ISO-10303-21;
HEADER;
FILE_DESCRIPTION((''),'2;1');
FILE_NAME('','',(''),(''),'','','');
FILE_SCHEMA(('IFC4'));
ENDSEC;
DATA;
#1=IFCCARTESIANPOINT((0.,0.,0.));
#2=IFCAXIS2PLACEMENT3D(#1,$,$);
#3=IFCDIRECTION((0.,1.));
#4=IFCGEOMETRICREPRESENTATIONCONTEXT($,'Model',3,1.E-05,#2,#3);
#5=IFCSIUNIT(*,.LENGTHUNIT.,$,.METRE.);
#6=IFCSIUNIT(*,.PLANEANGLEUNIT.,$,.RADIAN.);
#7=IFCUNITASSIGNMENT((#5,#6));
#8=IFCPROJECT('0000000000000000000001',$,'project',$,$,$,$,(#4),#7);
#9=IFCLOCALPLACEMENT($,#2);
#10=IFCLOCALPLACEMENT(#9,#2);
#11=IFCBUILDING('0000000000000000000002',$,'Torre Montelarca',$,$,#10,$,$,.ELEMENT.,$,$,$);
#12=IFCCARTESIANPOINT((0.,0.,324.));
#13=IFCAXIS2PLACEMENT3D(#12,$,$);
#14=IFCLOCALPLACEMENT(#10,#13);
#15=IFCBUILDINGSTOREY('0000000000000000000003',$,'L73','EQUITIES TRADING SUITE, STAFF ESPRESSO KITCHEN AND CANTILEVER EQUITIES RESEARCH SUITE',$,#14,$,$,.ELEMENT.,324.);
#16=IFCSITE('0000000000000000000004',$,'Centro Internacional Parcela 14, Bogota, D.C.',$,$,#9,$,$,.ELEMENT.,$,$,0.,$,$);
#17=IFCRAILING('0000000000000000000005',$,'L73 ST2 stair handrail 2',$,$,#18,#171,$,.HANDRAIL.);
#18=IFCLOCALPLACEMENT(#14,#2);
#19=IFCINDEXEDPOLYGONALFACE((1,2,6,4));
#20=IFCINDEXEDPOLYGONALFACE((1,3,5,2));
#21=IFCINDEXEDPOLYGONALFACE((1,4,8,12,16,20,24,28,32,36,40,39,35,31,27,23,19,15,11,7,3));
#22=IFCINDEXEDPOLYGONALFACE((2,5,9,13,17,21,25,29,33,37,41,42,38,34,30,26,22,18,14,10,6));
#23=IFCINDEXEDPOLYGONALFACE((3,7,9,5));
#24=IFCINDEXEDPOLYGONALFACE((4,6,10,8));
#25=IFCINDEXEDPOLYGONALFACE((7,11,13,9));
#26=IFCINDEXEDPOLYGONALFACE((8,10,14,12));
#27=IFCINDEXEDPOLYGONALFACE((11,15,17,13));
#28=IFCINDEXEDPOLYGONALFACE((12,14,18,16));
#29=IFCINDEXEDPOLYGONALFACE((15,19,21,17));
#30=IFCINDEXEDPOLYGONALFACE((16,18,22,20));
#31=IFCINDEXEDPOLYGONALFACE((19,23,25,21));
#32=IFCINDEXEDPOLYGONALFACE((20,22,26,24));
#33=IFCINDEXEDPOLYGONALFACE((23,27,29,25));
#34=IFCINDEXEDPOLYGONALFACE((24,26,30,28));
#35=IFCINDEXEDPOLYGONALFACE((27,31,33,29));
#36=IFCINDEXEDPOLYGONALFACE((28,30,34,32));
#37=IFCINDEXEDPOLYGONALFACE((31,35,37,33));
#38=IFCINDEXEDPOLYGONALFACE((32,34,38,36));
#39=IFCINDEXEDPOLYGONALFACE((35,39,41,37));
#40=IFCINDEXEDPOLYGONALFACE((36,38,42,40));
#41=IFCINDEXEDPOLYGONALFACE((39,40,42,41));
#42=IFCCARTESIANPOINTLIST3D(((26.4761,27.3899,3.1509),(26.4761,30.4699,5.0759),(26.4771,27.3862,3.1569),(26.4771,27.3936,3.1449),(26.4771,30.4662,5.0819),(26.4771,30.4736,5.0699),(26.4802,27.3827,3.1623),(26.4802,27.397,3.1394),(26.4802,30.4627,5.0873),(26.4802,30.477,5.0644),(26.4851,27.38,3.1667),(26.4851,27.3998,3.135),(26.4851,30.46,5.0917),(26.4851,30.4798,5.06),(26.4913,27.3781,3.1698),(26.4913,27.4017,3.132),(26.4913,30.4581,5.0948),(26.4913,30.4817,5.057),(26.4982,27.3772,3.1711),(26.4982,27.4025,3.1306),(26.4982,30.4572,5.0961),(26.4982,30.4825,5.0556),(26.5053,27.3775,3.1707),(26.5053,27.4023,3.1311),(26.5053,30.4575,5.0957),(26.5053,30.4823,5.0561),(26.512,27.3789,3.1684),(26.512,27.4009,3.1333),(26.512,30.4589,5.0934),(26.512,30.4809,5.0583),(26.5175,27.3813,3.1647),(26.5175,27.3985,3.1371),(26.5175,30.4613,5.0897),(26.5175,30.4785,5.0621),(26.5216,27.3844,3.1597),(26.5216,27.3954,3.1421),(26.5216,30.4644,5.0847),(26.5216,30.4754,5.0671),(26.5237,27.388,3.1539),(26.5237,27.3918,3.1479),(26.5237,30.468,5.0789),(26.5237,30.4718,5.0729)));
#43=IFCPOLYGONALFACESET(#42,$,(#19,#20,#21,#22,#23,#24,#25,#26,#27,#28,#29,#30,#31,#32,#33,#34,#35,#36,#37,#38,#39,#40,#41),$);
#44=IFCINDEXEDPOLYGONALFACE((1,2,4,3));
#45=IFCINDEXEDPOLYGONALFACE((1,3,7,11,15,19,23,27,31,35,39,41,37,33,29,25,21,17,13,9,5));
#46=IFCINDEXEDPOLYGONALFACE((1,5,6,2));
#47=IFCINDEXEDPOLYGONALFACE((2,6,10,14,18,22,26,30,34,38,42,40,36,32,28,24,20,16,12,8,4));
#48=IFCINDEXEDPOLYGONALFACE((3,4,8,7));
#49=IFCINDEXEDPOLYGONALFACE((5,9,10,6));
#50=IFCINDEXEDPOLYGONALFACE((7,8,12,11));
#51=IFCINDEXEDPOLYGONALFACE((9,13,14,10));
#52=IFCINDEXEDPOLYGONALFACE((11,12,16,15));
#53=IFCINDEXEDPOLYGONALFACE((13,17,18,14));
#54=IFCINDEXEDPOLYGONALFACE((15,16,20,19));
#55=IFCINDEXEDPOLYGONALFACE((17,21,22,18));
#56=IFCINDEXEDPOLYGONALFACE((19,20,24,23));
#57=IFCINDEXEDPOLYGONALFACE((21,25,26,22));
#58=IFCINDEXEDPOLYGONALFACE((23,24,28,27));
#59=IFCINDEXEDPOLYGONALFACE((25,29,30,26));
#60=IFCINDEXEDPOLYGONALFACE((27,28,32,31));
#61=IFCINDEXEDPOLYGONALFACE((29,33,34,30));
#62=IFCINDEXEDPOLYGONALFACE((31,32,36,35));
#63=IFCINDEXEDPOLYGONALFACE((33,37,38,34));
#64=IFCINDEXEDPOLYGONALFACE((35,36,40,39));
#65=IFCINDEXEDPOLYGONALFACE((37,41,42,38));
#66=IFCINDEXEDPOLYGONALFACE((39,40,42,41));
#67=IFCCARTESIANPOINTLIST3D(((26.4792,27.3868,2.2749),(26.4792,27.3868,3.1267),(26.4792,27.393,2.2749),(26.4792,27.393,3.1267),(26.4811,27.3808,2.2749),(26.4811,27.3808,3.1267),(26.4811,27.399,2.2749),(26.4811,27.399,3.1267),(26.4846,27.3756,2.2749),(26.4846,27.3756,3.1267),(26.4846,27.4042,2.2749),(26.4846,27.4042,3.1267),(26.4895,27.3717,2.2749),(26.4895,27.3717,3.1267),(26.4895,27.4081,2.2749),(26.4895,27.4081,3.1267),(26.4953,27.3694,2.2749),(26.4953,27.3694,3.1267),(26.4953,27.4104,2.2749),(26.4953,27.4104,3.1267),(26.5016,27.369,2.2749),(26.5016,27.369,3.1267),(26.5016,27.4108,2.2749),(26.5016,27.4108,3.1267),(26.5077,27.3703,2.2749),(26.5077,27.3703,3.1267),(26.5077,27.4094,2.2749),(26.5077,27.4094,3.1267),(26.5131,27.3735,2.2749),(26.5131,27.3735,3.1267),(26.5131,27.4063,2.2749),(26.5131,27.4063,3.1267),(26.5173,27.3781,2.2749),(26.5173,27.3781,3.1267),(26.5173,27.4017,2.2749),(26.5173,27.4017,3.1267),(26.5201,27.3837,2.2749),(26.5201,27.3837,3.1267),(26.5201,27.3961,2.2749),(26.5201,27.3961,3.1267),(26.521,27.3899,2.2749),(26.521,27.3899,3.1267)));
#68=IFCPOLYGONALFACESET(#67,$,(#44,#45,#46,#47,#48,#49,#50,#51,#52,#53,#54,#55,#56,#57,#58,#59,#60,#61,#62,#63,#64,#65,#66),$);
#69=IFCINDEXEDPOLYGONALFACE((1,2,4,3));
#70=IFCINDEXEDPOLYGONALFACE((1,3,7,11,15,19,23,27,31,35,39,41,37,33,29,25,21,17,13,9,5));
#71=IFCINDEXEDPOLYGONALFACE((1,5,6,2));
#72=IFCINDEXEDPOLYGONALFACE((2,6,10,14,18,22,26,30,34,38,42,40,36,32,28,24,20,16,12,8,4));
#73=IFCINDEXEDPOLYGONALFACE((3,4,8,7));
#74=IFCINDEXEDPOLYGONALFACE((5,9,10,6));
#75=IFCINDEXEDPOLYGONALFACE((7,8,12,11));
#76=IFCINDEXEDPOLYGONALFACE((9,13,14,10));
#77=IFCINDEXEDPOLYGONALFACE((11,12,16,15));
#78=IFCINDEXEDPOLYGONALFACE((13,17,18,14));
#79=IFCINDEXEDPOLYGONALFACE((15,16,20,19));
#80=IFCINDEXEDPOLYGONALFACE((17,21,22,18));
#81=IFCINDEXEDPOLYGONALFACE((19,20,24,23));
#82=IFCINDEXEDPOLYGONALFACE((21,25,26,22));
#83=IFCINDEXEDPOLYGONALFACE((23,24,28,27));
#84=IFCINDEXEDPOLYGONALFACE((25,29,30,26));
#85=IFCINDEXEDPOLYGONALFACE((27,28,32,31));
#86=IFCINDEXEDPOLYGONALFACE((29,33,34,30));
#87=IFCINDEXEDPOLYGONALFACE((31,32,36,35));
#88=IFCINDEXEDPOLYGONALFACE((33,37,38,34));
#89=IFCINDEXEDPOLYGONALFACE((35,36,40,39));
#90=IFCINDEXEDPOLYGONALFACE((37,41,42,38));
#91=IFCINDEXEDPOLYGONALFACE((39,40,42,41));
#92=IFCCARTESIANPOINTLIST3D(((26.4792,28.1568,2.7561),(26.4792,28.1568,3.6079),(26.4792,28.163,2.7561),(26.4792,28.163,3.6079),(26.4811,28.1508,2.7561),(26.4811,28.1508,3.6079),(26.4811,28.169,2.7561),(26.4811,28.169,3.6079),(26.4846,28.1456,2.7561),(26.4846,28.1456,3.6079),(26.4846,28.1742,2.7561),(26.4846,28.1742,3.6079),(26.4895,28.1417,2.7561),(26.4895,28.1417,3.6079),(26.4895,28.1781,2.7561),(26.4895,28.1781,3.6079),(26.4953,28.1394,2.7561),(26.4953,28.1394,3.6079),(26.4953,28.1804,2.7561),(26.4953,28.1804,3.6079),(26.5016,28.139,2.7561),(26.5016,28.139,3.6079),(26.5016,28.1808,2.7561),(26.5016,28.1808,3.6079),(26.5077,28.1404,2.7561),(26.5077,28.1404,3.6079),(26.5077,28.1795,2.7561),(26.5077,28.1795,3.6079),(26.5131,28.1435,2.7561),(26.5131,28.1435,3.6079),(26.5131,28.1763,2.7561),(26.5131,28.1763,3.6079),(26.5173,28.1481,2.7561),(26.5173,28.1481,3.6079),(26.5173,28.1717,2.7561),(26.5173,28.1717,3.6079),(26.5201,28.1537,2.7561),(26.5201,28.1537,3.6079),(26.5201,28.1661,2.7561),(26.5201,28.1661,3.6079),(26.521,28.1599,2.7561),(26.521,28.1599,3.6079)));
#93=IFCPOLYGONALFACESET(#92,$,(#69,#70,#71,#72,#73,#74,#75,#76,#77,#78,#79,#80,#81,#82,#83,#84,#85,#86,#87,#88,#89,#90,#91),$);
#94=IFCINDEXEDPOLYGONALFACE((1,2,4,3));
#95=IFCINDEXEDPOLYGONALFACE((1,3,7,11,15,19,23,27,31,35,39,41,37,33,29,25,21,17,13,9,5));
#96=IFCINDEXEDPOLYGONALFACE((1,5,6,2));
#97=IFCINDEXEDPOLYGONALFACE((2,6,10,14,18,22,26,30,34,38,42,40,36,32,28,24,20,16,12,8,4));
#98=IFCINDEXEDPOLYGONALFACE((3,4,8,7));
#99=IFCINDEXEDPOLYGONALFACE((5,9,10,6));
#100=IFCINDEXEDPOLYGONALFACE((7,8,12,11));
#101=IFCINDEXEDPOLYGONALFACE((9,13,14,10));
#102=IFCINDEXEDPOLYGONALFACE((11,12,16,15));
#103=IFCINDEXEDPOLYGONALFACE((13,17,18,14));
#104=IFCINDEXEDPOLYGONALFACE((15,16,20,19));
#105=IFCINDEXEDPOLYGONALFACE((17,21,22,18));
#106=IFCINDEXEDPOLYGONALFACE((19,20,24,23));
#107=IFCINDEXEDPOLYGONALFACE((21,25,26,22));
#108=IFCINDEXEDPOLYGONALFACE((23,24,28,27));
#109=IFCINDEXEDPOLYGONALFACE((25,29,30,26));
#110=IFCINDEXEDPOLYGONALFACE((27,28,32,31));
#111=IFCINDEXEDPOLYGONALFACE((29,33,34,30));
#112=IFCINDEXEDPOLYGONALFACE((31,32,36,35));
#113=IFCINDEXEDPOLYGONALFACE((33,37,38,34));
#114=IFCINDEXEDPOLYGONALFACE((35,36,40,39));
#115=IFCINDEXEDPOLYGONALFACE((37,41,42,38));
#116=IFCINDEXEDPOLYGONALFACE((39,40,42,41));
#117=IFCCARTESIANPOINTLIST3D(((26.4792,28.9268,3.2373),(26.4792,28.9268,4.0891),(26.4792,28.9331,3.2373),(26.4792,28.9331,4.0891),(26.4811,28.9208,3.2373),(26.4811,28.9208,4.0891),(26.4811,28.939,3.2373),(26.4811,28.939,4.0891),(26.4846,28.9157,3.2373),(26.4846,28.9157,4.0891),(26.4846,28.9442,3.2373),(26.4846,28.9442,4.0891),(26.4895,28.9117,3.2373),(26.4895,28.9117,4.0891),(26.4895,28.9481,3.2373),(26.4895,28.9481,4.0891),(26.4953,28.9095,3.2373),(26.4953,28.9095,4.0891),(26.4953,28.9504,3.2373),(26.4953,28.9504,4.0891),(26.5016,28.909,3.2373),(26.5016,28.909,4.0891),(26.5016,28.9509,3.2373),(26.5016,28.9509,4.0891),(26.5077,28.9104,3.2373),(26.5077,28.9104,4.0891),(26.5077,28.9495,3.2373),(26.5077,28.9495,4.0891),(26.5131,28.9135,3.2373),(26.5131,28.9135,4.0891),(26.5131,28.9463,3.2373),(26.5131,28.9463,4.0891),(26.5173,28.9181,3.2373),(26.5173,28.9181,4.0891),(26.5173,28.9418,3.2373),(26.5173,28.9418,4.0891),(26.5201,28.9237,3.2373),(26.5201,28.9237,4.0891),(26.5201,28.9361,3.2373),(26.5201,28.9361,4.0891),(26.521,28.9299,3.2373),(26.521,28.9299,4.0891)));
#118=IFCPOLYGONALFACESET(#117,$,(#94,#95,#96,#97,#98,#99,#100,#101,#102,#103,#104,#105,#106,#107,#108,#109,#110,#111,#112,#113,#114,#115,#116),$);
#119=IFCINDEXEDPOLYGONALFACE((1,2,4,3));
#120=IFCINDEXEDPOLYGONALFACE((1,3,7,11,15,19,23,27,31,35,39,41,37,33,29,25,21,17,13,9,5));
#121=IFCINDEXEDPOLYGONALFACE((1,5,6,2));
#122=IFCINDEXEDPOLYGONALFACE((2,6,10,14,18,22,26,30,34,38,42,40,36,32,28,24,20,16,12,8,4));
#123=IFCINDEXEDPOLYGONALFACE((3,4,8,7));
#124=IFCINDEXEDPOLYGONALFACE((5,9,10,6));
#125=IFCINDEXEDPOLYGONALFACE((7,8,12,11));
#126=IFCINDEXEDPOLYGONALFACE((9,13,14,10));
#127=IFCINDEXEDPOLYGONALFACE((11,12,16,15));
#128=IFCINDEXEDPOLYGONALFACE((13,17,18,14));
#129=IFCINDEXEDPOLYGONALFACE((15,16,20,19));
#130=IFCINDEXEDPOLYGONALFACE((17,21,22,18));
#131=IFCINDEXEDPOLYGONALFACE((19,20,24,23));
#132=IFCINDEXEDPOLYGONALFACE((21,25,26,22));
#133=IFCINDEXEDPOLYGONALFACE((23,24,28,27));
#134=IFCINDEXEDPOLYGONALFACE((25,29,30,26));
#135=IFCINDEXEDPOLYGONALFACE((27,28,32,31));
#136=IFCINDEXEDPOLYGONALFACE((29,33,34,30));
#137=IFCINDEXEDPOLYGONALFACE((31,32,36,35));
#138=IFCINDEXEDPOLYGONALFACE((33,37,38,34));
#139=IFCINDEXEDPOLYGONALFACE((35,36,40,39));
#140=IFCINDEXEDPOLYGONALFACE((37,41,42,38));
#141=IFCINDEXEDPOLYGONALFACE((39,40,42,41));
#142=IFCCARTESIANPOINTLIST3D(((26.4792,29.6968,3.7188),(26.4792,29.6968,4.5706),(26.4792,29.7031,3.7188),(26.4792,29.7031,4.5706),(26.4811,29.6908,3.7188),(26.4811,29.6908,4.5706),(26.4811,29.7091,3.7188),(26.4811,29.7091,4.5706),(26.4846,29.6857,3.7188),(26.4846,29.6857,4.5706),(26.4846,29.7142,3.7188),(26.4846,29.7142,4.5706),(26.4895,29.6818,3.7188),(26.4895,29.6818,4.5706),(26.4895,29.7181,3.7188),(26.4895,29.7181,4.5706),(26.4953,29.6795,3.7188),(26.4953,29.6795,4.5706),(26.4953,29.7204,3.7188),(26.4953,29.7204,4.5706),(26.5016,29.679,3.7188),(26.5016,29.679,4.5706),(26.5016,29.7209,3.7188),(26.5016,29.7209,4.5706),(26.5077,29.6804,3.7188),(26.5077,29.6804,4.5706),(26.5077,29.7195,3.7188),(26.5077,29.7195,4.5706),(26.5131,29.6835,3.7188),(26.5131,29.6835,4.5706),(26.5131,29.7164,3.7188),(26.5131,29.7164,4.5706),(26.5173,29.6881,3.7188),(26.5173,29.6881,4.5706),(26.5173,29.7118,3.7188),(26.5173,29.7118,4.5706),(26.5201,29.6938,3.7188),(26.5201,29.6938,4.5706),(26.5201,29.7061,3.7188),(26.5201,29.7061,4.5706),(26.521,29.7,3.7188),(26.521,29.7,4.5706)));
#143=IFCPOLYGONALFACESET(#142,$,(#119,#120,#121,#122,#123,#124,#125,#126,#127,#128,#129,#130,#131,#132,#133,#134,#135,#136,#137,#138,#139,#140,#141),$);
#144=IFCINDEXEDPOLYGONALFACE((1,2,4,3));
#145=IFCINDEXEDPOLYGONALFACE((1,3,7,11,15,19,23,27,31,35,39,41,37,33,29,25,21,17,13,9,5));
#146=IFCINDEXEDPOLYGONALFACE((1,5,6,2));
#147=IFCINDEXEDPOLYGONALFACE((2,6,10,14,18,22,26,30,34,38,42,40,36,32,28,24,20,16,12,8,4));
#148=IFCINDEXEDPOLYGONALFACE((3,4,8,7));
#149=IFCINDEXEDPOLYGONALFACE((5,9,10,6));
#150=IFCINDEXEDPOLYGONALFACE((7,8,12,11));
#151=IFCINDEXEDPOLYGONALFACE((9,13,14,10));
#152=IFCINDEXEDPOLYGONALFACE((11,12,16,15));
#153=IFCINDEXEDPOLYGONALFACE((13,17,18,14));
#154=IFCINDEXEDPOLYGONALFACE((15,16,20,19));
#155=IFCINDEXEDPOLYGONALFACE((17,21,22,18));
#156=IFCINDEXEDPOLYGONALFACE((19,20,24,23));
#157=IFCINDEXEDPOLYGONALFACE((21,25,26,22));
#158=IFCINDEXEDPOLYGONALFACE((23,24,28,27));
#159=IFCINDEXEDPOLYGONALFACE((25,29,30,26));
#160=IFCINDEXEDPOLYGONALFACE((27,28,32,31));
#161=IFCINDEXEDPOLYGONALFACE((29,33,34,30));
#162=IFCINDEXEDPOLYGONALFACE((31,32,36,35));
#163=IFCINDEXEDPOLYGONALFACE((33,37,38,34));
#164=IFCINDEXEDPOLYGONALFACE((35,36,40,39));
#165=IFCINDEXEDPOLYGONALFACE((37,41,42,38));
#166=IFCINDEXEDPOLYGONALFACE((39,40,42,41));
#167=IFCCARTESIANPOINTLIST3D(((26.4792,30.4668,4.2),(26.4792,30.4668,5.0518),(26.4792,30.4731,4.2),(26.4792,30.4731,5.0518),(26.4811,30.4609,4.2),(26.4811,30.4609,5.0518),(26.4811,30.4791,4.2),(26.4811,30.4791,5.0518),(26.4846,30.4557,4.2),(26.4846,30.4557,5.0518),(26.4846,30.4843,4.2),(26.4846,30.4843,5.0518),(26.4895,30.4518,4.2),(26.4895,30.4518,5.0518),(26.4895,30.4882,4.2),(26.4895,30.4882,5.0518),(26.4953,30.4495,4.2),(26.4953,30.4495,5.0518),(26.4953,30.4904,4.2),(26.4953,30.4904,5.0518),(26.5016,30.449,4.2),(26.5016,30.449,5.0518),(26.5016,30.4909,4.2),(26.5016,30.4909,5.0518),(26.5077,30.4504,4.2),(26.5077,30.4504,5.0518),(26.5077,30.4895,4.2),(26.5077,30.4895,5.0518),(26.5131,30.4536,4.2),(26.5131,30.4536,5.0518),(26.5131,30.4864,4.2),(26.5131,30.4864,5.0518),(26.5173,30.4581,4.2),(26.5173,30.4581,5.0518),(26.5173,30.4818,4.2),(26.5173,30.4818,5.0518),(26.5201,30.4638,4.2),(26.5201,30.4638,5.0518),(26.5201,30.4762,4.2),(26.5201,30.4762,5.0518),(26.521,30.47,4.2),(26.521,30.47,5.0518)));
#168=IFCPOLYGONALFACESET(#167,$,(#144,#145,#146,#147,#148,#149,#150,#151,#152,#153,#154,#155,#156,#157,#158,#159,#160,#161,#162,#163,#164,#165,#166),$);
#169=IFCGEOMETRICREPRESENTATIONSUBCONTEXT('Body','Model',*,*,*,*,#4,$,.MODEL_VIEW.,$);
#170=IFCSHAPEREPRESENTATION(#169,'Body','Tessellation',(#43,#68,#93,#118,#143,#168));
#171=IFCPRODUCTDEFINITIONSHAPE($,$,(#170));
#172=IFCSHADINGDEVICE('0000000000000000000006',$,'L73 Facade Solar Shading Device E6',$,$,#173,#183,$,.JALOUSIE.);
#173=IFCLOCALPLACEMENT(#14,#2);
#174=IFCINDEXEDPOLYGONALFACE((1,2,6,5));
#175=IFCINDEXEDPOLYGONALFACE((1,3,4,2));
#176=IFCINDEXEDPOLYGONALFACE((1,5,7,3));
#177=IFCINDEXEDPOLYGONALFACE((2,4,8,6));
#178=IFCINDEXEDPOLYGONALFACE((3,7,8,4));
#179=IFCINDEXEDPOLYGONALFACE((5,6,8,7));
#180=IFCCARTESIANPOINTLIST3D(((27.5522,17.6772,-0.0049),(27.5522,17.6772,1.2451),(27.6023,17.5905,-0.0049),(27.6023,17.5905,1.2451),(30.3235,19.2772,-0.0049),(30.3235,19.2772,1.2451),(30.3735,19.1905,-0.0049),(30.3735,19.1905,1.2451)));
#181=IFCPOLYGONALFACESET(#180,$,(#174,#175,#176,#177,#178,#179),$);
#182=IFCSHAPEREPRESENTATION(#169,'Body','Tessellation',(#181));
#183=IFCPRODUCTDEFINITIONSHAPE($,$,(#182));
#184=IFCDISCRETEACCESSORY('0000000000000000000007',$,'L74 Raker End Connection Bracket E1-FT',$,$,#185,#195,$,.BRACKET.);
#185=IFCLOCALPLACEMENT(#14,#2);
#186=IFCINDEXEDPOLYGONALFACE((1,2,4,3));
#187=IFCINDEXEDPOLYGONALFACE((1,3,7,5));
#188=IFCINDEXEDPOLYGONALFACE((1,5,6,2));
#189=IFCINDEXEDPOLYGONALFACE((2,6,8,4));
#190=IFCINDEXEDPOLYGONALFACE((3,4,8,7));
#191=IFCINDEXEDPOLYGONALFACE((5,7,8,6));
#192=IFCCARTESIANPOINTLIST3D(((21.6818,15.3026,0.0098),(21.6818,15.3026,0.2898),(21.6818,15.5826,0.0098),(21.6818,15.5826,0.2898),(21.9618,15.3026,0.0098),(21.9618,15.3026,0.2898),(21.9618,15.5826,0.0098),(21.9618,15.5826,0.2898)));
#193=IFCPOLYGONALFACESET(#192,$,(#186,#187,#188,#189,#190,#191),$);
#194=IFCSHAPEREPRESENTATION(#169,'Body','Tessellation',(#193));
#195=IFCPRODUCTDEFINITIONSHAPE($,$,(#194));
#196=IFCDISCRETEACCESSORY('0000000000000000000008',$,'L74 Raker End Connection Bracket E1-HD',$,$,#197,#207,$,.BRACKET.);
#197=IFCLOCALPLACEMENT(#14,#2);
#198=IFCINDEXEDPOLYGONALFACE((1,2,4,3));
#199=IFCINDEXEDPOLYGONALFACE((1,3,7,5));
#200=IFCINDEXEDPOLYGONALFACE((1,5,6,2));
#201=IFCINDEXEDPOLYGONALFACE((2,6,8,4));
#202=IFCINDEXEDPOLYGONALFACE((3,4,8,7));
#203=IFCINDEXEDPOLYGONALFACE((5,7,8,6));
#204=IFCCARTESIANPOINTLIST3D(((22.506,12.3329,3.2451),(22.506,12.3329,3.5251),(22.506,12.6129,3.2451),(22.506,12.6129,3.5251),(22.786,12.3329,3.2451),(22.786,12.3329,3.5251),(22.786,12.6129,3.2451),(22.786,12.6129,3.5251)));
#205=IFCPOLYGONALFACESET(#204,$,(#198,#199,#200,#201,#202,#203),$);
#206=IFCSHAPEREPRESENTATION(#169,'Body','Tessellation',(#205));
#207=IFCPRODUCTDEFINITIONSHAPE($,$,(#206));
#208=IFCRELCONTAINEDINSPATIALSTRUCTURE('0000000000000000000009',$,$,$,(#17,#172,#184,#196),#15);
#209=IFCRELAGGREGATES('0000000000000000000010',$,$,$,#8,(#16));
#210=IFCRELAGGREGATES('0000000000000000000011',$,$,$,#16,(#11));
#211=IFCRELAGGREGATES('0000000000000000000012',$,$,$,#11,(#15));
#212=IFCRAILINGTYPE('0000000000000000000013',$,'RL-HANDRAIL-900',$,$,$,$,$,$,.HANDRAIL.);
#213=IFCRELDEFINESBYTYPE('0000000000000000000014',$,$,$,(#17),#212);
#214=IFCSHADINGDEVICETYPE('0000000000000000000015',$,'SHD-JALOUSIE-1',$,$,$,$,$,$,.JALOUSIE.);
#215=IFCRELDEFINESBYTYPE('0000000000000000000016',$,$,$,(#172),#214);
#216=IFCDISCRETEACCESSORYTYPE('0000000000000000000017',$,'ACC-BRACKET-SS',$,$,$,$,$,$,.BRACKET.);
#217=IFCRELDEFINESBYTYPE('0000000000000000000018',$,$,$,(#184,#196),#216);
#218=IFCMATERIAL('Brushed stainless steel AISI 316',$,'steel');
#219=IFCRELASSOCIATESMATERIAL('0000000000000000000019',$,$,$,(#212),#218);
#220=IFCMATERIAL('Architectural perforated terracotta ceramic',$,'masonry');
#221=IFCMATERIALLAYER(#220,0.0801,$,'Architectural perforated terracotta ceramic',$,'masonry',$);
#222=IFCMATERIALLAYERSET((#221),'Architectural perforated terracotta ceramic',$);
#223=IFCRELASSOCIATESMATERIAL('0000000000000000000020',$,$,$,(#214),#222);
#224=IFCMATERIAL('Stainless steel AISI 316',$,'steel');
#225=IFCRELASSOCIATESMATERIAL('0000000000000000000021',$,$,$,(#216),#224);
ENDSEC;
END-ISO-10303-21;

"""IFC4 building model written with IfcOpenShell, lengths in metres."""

from ifc_helpers import new_model, si_unit, direction, frame, origin, origin_2d, place, context, subcontext, project, spatial, rectangle, circle, extrude, source, transform, mapped, material, layer, layer_set, type_object, element, save


model = new_model("IFC4")

# Units and contexts
model_context = context("Model", 3, precision=1e-05, world=origin(), true_north=direction((0.0, 1.0)))
body_context = subcontext(model_context, "Body", "Model", "MODEL_VIEW")
ifc_project = project(units=[si_unit("LENGTHUNIT", "METRE"), si_unit("PLANEANGLEUNIT", "RADIAN")], contexts=[model_context])

# Site, building, storey
site_placement = place(None, origin())
site = spatial("IfcSite", under=ifc_project, at=site_placement, Name="Centro Internacional Parcela 14, Bogota, D.C.", CompositionType="ELEMENT", RefElevation=0.0)
building_placement = place(site_placement, origin())
building = spatial("IfcBuilding", under=site, at=building_placement, Name="Torre Montelarca", CompositionType="ELEMENT")
storey_placement = place(building_placement, frame((0.0, 0.0, 324.0)))
storey = spatial("IfcBuildingStorey", under=building, at=storey_placement, Name="L73", Description="EQUITIES TRADING SUITE, STAFF ESPRESSO KITCHEN AND CANTILEVER EQUITIES RESEARCH SUITE", CompositionType="ELEMENT", Elevation=324.0)

# Shared definitions
ifc_material_1 = material(Name="Architectural perforated terracotta ceramic", Category="masonry")

# Railing
ifc_material_2 = material(Name="Brushed stainless steel AISI 316", Category="steel")
railing_type_1 = type_object("IfcRailingType", Name="RL-HANDRAIL-900", PredefinedType="HANDRAIL", material=ifc_material_2)
railing_1_placement = place(storey_placement, frame((26.5, 27.3899, 2.2749)))
element("IfcRailing", 1, at=railing_1_placement, inside=storey, type_object=railing_type_1, Name="L73 ST2 stair handrail 2", PredefinedType="HANDRAIL", context=body_context, shape_type="SweptSolid", body=[
    extrude(circle(Radius=0.0239, at=origin_2d()), frame((0.0, 0.0, 0.876), z_axis=(0.0, 0.847998, 0.529999), x_axis=(-1.0, 0.0, 0.0)), (0.0, 0.0, 1.0), 3.6321),
    extrude(circle(Radius=0.021, at=origin_2d()), origin(), (0.0, 0.0, 1.0), 0.8518),
    extrude(circle(Radius=0.021, at=origin_2d()), frame((0.0, 0.77, 0.4812)), (0.0, 0.0, 1.0), 0.8518),
    extrude(circle(Radius=0.021, at=origin_2d()), frame((0.0, 1.54, 0.9624)), (0.0, 0.0, 1.0), 0.8518),
    extrude(circle(Radius=0.021, at=origin_2d()), frame((0.0, 2.3101, 1.4438)), (0.0, 0.0, 1.0), 0.8518),
    extrude(circle(Radius=0.021, at=origin_2d()), frame((0.0, 3.0801, 1.925)), (0.0, 0.0, 1.0), 0.8518),
])

# Shading device
ifc_layer_1 = layer(ifc_material_1, 0.0801, Name="Architectural perforated terracotta ceramic", Category="masonry")
ifc_layer_set_1 = layer_set([ifc_layer_1], Name="Architectural perforated terracotta ceramic")
shading_device_type = type_object("IfcShadingDeviceType", Name="SHD-JALOUSIE-1", PredefinedType="JALOUSIE", material=ifc_layer_set_1)
shared_shape_1 = source(origin(), body_context, "Body", "SweptSolid", [
    extrude(rectangle(XDim=3.2, YDim=0.1001, at=origin_2d()), origin(), (0.0, 0.0, 1.0), 1.25),
])
shading_device_placement = place(storey_placement, frame((28.9629, 18.4338, -0.0049), z_axis=(0.0, 0.0, 1.0), x_axis=(0.866025, 0.5, 0.0)))
element("IfcShadingDevice", 2, at=shading_device_placement, inside=storey, type_object=shading_device_type, Name="L73 Facade Solar Shading Device E6", PredefinedType="JALOUSIE", context=body_context, shape_type="MappedRepresentation", body=[
    mapped(shared_shape_1, transform((0.0, 0.0, 0.0), scale=1.0)),
])

# Discrete accessories
ifc_material_3 = material(Name="Stainless steel AISI 316", Category="steel")
discrete_accessory_type = type_object("IfcDiscreteAccessoryType", Name="ACC-BRACKET-SS", PredefinedType="BRACKET", material=ifc_material_3)
shared_shape_2 = source(origin(), body_context, "Body", "SweptSolid", [
    extrude(rectangle(XDim=0.28, YDim=0.28, at=origin_2d()), origin(), (0.0, 0.0, 1.0), 0.28),
])
for number, where, z_axis, x_axis, name in (
    (3, (21.8218, 15.4426, 0.0098), (0.0, 0.0, 1.0), (1.0, 0.0, 0.0), "L74 Raker End Connection Bracket E1-FT"),
    (4, (22.646, 12.4729, 3.2451), (0.0, 0.0, 1.0), (1.0, 0.0, 0.0), "L74 Raker End Connection Bracket E1-HD"),
):
    element("IfcDiscreteAccessory", number, at=place(storey_placement, frame(where, z_axis=z_axis, x_axis=x_axis)), inside=storey, type_object=discrete_accessory_type, Name=name, PredefinedType="BRACKET", context=body_context, shape_type="MappedRepresentation", body=[
        mapped(shared_shape_2, transform((0.0, 0.0, 0.0), scale=1.0)),
    ])

save(model, "model.ifc")
